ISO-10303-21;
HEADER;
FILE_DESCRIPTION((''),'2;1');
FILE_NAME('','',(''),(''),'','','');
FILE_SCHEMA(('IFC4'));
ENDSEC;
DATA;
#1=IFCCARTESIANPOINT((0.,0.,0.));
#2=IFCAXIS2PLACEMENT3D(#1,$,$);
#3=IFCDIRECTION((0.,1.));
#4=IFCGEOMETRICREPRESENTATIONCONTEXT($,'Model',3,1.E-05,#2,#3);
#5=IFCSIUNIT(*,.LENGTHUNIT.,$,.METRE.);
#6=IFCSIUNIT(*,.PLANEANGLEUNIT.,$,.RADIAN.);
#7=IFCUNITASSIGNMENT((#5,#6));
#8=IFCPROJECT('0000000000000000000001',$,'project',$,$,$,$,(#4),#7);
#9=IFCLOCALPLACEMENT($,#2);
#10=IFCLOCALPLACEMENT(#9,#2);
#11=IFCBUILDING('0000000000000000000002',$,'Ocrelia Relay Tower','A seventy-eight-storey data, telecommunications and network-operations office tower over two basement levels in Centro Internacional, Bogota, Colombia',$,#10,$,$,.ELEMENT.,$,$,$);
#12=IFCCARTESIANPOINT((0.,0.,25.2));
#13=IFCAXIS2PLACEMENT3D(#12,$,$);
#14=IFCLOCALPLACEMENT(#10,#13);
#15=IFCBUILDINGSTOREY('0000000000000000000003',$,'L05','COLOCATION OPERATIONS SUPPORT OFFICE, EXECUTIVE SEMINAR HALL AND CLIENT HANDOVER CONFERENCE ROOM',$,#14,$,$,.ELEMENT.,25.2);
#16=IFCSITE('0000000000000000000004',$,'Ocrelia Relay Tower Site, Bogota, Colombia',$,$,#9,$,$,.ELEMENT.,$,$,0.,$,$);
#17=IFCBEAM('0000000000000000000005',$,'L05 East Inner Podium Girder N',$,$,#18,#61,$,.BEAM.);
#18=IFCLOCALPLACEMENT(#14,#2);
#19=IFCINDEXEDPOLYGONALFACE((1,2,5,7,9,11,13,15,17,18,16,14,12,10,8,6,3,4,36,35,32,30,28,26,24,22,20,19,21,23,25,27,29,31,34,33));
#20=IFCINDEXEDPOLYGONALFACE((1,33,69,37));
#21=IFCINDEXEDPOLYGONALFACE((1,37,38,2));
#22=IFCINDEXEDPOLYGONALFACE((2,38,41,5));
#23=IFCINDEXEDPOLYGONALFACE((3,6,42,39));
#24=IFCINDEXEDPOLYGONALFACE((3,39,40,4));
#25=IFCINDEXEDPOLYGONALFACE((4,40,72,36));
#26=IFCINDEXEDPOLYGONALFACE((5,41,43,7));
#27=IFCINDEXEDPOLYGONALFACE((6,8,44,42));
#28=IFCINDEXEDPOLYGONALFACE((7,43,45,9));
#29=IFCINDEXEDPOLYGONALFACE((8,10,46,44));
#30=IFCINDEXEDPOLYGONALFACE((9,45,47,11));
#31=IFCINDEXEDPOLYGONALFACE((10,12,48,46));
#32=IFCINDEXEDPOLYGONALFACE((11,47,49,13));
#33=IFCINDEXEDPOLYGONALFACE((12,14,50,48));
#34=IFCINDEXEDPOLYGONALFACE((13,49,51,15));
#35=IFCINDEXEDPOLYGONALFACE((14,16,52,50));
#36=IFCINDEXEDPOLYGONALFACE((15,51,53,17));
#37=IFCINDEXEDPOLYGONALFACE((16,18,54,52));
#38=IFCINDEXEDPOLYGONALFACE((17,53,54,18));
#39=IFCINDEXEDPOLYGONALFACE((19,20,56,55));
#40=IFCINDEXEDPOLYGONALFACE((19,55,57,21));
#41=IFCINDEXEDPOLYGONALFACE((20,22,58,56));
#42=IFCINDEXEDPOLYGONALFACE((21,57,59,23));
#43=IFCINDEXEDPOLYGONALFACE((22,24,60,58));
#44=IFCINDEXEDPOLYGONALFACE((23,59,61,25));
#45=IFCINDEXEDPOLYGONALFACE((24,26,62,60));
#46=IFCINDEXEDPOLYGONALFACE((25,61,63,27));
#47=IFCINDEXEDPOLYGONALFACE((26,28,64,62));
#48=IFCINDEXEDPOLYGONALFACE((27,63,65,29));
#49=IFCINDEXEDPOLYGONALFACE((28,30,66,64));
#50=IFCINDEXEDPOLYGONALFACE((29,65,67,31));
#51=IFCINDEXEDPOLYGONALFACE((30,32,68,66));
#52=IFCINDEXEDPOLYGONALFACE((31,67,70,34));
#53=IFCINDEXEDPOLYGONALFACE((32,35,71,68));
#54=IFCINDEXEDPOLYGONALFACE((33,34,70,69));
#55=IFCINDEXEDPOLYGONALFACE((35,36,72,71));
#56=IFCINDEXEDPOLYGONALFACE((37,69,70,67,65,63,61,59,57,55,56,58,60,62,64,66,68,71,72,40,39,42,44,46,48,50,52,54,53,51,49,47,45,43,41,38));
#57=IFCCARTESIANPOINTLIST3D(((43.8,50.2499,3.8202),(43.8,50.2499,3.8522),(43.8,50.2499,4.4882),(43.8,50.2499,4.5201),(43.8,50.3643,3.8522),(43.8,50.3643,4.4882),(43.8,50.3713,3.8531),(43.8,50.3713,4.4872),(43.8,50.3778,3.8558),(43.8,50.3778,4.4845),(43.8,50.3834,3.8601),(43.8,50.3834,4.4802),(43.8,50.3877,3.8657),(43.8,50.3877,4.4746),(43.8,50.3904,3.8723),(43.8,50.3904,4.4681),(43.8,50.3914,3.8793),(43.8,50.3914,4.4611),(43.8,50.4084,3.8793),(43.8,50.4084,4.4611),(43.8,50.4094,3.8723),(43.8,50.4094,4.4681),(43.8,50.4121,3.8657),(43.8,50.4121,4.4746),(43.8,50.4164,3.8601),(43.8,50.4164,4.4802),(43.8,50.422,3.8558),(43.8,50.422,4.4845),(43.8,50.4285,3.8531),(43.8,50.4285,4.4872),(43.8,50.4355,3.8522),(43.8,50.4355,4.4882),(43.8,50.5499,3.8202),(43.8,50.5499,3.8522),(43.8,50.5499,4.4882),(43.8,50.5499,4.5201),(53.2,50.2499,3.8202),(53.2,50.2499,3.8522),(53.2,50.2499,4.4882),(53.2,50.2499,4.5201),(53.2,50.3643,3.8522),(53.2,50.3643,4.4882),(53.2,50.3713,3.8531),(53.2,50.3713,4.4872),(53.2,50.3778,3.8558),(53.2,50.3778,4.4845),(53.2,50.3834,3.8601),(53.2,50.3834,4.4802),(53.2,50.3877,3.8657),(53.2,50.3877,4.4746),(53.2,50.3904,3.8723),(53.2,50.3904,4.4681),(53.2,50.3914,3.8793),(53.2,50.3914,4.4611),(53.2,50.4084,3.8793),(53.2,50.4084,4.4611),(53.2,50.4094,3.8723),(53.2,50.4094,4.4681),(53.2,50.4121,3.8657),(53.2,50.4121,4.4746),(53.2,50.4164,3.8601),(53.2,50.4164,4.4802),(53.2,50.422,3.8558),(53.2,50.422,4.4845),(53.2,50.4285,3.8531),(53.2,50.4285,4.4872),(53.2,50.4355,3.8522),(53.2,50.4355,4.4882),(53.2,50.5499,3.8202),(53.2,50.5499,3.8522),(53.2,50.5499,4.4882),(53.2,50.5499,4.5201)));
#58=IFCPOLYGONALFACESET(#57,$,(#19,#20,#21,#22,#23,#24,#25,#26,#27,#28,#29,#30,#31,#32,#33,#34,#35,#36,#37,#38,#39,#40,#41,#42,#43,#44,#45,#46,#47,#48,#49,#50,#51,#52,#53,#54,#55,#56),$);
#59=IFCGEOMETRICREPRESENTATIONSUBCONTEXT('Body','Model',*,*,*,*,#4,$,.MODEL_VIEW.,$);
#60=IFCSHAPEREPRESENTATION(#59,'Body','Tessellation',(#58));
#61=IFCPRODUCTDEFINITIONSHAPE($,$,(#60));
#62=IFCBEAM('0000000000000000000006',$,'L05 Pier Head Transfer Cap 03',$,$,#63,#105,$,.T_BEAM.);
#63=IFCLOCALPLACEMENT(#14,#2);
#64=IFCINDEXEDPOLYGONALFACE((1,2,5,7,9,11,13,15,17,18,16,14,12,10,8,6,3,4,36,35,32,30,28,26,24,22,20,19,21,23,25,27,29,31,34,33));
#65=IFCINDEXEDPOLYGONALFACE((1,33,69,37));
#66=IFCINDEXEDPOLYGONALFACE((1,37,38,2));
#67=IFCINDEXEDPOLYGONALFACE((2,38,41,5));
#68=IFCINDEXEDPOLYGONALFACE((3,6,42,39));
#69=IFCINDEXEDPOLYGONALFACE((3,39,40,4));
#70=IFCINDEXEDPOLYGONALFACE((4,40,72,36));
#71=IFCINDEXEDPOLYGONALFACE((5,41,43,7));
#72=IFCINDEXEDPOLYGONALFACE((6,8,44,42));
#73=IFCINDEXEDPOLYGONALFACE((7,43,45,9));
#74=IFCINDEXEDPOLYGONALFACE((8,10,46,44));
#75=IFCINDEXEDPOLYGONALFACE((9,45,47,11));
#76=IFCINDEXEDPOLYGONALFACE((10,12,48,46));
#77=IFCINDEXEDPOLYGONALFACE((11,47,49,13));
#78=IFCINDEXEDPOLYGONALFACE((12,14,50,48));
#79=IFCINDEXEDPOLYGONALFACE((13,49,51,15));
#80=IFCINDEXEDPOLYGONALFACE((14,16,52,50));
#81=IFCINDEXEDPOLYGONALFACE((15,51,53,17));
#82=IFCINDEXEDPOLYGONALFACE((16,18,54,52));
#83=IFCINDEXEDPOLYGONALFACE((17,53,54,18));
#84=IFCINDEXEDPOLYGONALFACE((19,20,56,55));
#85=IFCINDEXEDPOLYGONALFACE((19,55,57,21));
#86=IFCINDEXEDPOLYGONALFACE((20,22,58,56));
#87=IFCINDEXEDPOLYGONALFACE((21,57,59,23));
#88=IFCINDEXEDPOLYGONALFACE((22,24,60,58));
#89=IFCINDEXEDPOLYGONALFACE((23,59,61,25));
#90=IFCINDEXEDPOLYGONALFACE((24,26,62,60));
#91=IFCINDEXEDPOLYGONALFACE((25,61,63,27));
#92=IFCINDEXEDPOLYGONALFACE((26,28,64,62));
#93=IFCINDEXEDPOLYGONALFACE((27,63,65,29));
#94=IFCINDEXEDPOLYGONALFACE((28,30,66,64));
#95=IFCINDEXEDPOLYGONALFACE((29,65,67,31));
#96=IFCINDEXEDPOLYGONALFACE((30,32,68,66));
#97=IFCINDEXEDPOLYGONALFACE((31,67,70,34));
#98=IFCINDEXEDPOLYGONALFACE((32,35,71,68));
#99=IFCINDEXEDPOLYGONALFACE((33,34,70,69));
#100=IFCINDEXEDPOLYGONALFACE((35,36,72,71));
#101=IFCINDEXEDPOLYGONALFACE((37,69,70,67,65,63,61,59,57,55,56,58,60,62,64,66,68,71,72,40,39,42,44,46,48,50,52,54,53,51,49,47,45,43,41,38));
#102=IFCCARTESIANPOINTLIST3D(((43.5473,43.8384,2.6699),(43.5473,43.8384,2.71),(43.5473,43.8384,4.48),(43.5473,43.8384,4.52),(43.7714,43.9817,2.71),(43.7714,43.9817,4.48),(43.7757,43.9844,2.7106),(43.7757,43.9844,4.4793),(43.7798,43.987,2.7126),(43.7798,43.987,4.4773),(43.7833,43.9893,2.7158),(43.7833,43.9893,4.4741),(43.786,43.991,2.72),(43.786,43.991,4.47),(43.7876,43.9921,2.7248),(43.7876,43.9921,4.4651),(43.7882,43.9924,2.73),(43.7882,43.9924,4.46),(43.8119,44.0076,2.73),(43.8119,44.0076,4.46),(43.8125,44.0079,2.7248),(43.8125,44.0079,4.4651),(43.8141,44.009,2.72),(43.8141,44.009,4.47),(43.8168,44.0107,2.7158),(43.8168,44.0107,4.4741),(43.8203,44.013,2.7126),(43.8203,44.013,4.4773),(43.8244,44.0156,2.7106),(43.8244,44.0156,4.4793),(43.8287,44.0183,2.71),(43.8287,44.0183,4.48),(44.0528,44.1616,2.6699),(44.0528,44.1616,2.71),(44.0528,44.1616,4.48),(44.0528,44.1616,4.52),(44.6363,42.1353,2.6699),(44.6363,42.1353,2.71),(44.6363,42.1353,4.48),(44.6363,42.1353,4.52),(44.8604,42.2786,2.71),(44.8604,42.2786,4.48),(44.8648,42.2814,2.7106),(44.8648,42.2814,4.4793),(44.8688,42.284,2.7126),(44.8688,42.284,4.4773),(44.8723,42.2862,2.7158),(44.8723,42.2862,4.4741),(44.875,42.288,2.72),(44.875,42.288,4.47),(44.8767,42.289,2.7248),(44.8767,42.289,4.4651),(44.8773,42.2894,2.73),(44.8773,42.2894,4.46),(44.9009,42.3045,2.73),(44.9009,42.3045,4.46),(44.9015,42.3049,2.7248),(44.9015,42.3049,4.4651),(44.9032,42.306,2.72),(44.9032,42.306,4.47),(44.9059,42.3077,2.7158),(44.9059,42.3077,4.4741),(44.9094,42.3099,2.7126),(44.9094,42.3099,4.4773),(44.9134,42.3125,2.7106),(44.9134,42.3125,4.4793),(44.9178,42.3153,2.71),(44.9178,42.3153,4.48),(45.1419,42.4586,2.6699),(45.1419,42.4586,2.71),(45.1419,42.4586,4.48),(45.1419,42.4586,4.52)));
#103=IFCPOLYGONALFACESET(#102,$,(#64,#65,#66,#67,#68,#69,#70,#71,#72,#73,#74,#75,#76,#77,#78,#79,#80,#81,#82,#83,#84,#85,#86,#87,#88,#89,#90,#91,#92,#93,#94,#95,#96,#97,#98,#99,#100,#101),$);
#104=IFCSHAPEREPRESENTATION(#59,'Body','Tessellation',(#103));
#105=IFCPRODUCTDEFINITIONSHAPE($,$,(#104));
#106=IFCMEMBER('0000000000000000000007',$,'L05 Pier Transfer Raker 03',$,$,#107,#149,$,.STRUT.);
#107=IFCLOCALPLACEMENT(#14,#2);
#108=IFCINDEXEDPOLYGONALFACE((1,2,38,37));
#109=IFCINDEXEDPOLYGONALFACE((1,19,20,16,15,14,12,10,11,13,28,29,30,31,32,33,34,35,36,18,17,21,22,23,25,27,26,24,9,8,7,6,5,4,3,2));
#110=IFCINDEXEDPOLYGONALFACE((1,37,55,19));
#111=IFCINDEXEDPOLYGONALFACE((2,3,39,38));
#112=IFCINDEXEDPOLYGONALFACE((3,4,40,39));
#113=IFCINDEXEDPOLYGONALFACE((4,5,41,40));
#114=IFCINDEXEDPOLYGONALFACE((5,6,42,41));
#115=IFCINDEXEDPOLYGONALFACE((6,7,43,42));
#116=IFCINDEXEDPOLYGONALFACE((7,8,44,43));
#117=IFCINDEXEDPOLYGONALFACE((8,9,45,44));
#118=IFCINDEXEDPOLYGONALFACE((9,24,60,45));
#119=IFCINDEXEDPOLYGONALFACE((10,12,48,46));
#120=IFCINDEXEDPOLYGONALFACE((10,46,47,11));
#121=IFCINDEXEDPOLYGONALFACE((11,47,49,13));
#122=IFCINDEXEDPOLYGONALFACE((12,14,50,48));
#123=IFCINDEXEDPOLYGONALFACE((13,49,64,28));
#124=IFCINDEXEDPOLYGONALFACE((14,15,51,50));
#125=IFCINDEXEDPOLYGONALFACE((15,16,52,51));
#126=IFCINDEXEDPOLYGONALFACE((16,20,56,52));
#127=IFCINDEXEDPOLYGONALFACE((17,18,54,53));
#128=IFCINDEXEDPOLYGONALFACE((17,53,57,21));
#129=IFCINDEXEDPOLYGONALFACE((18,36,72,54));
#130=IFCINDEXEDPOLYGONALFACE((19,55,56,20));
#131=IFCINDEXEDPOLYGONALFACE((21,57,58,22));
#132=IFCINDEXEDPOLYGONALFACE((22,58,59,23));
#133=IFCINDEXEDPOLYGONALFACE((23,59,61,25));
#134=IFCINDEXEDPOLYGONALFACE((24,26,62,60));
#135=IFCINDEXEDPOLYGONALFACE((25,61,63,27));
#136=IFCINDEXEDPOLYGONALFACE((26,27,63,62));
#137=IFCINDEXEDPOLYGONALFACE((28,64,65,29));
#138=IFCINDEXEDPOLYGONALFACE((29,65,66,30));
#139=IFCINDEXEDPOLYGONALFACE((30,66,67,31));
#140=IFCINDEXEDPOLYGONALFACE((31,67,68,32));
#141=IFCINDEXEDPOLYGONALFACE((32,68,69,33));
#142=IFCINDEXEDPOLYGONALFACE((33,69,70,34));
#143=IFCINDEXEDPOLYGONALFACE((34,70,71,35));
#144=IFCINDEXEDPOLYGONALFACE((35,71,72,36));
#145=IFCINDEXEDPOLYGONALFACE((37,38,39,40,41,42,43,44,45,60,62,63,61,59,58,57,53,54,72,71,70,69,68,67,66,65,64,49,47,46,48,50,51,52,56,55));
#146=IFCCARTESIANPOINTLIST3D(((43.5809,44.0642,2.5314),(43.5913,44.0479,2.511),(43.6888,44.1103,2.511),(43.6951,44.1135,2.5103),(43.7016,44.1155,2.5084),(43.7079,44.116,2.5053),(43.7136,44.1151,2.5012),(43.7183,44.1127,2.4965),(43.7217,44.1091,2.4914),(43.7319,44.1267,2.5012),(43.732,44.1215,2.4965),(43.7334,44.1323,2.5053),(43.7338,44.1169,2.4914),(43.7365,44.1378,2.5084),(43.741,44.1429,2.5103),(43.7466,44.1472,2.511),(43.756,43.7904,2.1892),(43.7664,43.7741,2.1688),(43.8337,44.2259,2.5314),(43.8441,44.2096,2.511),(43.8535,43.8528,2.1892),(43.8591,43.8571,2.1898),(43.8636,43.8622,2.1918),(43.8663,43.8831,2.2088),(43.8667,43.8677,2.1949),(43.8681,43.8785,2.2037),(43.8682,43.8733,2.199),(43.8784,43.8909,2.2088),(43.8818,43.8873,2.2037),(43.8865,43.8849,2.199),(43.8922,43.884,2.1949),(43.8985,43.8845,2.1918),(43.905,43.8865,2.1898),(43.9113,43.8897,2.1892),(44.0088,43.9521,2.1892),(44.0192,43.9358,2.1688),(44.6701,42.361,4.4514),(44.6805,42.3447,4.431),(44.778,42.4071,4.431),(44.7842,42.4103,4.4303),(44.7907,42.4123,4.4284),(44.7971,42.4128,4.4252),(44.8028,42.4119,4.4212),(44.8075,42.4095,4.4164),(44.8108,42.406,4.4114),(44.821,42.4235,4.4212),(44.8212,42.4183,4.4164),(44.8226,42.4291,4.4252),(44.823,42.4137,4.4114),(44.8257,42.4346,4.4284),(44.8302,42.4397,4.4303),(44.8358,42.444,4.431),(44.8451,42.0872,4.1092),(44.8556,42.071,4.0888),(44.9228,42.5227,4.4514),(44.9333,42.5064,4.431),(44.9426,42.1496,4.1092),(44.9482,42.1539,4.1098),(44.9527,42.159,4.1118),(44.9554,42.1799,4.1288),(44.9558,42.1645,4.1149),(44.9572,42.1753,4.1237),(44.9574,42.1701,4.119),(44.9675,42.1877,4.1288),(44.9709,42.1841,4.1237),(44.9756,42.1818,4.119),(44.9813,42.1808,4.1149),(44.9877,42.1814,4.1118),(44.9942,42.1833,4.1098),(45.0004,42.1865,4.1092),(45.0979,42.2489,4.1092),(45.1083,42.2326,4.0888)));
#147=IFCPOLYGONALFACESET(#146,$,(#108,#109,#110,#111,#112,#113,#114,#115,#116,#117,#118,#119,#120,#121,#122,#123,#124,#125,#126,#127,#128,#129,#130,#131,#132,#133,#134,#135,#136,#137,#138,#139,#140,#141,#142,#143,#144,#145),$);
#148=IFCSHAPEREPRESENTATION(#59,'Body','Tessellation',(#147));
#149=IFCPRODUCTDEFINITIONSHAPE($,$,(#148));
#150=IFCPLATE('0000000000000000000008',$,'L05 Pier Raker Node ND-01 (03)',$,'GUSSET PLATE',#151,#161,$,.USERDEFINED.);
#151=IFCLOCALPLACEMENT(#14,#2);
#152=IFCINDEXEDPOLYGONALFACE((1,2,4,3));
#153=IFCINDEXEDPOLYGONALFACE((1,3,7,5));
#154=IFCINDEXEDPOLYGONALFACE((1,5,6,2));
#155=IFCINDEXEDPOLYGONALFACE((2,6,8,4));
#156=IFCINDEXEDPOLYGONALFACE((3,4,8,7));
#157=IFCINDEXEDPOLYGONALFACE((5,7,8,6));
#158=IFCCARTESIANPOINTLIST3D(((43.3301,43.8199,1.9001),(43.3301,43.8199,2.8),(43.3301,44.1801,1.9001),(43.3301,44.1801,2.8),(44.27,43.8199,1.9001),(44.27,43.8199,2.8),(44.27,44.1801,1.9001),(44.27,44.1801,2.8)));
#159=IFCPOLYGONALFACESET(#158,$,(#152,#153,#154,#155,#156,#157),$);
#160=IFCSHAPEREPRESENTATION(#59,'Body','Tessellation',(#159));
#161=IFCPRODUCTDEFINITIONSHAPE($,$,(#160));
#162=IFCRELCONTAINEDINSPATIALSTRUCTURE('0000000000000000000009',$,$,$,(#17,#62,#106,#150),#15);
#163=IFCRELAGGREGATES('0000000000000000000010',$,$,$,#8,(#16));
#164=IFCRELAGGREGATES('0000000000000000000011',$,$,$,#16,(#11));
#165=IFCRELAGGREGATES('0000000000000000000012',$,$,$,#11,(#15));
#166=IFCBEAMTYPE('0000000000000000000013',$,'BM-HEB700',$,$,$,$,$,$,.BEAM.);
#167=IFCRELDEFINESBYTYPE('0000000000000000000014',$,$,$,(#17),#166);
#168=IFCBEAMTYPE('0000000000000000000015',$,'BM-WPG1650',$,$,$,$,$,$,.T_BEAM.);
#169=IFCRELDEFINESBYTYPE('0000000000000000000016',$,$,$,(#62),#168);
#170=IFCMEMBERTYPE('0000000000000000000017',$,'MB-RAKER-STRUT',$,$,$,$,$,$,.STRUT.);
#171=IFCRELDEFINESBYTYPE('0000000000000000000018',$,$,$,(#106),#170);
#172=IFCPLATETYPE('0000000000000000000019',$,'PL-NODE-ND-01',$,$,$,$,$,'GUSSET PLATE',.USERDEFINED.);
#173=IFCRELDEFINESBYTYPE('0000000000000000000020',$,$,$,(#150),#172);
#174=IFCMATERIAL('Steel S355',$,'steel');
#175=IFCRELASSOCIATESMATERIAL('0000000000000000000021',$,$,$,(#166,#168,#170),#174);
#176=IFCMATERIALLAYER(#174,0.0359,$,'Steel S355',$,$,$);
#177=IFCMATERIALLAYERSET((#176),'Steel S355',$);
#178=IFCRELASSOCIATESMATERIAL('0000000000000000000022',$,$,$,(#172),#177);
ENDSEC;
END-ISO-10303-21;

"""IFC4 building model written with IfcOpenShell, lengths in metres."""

from ifc_helpers import new_model, si_unit, direction, frame, origin, origin_2d, place, context, subcontext, project, spatial, rectangle, i_section, extrude, material, layer, layer_set, material_profile, profile_set, type_object, element, save


model = new_model("IFC4")

# Units and contexts
model_context = context("Model", 3, precision=1e-05, world=origin(), true_north=direction((0.0, 1.0)))
body_context = subcontext(model_context, "Body", "Model", "MODEL_VIEW")
ifc_project = project(units=[si_unit("LENGTHUNIT", "METRE"), si_unit("PLANEANGLEUNIT", "RADIAN")], contexts=[model_context])

# Site, building, storey
site_placement = place(None, origin())
site = spatial("IfcSite", under=ifc_project, at=site_placement, Name="Ocrelia Relay Tower Site, Bogota, Colombia", CompositionType="ELEMENT", RefElevation=0.0)
building_placement = place(site_placement, origin())
building = spatial("IfcBuilding", under=site, at=building_placement, Name="Ocrelia Relay Tower", Description="A seventy-eight-storey data, telecommunications and network-operations office tower over two basement levels in Centro Internacional, Bogota, Colombia", CompositionType="ELEMENT")
storey_placement = place(building_placement, frame((0.0, 0.0, 25.2)))
storey = spatial("IfcBuildingStorey", under=building, at=storey_placement, Name="L05", Description="COLOCATION OPERATIONS SUPPORT OFFICE, EXECUTIVE SEMINAR HALL AND CLIENT HANDOVER CONFERENCE ROOM", CompositionType="ELEMENT", Elevation=25.2)

# Beams
ifc_material_1 = material(Name="Steel S355", Category="steel")
ifc_material_profile_1 = material_profile(ifc_material_1, i_section(OverallWidth=0.3, OverallDepth=0.7, WebThickness=0.0171, FlangeThickness=0.032, FilletRadius=0.0271, at=origin_2d()), Name="HEB 700")
ifc_profile_set_1 = profile_set([ifc_material_profile_1], Name="Steel S355")
beam_type_1 = type_object("IfcBeamType", Name="BM-HEB700", PredefinedType="BEAM", material=ifc_profile_set_1)
beam_1_placement = place(storey_placement, frame((43.8, 50.3999, 4.1702), z_axis=(1.0, 0.0, 0.0), x_axis=(0.0, 1.0, 0.0)))
element("IfcBeam", 1, at=beam_1_placement, inside=storey, type_object=beam_type_1, Name="L05 East Inner Podium Girder N", PredefinedType="BEAM", context=body_context, shape_type="SweptSolid", body=[
    extrude(i_section(OverallWidth=0.3, OverallDepth=0.7, WebThickness=0.0171, FlangeThickness=0.032, FilletRadius=0.0271, at=origin_2d()), origin(), (0.0, 0.0, 1.0), 9.3999),
])
ifc_material_profile_2 = material_profile(ifc_material_1, i_section(OverallWidth=0.6001, OverallDepth=1.8501, WebThickness=0.0281, FlangeThickness=0.04, FilletRadius=0.02, at=origin_2d()), Name="WPG 1850x600")
ifc_profile_set_2 = profile_set([ifc_material_profile_2], Name="Steel S355")
beam_type_2 = type_object("IfcBeamType", Name="BM-WPG1650", PredefinedType="T_BEAM", material=ifc_profile_set_2)
beam_2_placement = place(storey_placement, frame((43.8, 44.0, 3.595), z_axis=(0.538742, -0.842471, 0.0), x_axis=(0.842471, 0.538742, 0.0)))
element("IfcBeam", 2, at=beam_2_placement, inside=storey, type_object=beam_type_2, Name="L05 Pier Head Transfer Cap 03", PredefinedType="T_BEAM", context=body_context, shape_type="SweptSolid", body=[
    extrude(i_section(OverallWidth=0.6001, OverallDepth=1.8501, WebThickness=0.0281, FlangeThickness=0.04, FilletRadius=0.02, at=origin_2d()), origin(), (0.0, 0.0, 1.0), 2.0215),
])

# Member
ifc_material_profile_3 = material_profile(ifc_material_1, i_section(OverallWidth=0.3, OverallDepth=0.5, WebThickness=0.0144, FlangeThickness=0.0281, FilletRadius=0.0271, at=origin_2d()), Name="HEB 500")
ifc_profile_set_3 = profile_set([ifc_material_profile_3], Name="Steel S355")
member_type = type_object("IfcMemberType", Name="MB-RAKER-STRUT", PredefinedType="STRUT", material=ifc_profile_set_3)
member_placement = place(storey_placement, frame((43.8, 44.0, 2.3501), z_axis=(0.390644, -0.610879, 0.68864), x_axis=(0.842471, 0.538742, 0.0)))
element("IfcMember", 3, at=member_placement, inside=storey, type_object=member_type, Name="L05 Pier Transfer Raker 03", PredefinedType="STRUT", context=body_context, shape_type="SweptSolid", body=[
    extrude(i_section(OverallWidth=0.3, OverallDepth=0.5, WebThickness=0.0144, FlangeThickness=0.0281, FilletRadius=0.0271, at=origin_2d()), origin(), (0.0, 0.0, 1.0), 2.7881),
])

# Plate
ifc_layer_1 = layer(ifc_material_1, 0.0359, Name="Steel S355")
ifc_layer_set_1 = layer_set([ifc_layer_1], Name="Steel S355")
plate_type = type_object("IfcPlateType", Name="PL-NODE-ND-01", ElementType="GUSSET PLATE", PredefinedType="USERDEFINED", material=ifc_layer_set_1)
plate_placement = place(storey_placement, frame((43.8, 44.0, 1.9001), z_axis=(0.0, 0.0, 1.0), x_axis=(1.0, 0.0, 0.0)))
element("IfcPlate", 4, at=plate_placement, inside=storey, type_object=plate_type, Name="L05 Pier Raker Node ND-01 (03)", ObjectType="GUSSET PLATE", PredefinedType="USERDEFINED", context=body_context, shape_type="SweptSolid", body=[
    extrude(rectangle(XDim=0.9399, YDim=0.3601, at=origin_2d()), origin(), (0.0, 0.0, 1.0), 0.8999),
])

save(model, "model.ifc")
